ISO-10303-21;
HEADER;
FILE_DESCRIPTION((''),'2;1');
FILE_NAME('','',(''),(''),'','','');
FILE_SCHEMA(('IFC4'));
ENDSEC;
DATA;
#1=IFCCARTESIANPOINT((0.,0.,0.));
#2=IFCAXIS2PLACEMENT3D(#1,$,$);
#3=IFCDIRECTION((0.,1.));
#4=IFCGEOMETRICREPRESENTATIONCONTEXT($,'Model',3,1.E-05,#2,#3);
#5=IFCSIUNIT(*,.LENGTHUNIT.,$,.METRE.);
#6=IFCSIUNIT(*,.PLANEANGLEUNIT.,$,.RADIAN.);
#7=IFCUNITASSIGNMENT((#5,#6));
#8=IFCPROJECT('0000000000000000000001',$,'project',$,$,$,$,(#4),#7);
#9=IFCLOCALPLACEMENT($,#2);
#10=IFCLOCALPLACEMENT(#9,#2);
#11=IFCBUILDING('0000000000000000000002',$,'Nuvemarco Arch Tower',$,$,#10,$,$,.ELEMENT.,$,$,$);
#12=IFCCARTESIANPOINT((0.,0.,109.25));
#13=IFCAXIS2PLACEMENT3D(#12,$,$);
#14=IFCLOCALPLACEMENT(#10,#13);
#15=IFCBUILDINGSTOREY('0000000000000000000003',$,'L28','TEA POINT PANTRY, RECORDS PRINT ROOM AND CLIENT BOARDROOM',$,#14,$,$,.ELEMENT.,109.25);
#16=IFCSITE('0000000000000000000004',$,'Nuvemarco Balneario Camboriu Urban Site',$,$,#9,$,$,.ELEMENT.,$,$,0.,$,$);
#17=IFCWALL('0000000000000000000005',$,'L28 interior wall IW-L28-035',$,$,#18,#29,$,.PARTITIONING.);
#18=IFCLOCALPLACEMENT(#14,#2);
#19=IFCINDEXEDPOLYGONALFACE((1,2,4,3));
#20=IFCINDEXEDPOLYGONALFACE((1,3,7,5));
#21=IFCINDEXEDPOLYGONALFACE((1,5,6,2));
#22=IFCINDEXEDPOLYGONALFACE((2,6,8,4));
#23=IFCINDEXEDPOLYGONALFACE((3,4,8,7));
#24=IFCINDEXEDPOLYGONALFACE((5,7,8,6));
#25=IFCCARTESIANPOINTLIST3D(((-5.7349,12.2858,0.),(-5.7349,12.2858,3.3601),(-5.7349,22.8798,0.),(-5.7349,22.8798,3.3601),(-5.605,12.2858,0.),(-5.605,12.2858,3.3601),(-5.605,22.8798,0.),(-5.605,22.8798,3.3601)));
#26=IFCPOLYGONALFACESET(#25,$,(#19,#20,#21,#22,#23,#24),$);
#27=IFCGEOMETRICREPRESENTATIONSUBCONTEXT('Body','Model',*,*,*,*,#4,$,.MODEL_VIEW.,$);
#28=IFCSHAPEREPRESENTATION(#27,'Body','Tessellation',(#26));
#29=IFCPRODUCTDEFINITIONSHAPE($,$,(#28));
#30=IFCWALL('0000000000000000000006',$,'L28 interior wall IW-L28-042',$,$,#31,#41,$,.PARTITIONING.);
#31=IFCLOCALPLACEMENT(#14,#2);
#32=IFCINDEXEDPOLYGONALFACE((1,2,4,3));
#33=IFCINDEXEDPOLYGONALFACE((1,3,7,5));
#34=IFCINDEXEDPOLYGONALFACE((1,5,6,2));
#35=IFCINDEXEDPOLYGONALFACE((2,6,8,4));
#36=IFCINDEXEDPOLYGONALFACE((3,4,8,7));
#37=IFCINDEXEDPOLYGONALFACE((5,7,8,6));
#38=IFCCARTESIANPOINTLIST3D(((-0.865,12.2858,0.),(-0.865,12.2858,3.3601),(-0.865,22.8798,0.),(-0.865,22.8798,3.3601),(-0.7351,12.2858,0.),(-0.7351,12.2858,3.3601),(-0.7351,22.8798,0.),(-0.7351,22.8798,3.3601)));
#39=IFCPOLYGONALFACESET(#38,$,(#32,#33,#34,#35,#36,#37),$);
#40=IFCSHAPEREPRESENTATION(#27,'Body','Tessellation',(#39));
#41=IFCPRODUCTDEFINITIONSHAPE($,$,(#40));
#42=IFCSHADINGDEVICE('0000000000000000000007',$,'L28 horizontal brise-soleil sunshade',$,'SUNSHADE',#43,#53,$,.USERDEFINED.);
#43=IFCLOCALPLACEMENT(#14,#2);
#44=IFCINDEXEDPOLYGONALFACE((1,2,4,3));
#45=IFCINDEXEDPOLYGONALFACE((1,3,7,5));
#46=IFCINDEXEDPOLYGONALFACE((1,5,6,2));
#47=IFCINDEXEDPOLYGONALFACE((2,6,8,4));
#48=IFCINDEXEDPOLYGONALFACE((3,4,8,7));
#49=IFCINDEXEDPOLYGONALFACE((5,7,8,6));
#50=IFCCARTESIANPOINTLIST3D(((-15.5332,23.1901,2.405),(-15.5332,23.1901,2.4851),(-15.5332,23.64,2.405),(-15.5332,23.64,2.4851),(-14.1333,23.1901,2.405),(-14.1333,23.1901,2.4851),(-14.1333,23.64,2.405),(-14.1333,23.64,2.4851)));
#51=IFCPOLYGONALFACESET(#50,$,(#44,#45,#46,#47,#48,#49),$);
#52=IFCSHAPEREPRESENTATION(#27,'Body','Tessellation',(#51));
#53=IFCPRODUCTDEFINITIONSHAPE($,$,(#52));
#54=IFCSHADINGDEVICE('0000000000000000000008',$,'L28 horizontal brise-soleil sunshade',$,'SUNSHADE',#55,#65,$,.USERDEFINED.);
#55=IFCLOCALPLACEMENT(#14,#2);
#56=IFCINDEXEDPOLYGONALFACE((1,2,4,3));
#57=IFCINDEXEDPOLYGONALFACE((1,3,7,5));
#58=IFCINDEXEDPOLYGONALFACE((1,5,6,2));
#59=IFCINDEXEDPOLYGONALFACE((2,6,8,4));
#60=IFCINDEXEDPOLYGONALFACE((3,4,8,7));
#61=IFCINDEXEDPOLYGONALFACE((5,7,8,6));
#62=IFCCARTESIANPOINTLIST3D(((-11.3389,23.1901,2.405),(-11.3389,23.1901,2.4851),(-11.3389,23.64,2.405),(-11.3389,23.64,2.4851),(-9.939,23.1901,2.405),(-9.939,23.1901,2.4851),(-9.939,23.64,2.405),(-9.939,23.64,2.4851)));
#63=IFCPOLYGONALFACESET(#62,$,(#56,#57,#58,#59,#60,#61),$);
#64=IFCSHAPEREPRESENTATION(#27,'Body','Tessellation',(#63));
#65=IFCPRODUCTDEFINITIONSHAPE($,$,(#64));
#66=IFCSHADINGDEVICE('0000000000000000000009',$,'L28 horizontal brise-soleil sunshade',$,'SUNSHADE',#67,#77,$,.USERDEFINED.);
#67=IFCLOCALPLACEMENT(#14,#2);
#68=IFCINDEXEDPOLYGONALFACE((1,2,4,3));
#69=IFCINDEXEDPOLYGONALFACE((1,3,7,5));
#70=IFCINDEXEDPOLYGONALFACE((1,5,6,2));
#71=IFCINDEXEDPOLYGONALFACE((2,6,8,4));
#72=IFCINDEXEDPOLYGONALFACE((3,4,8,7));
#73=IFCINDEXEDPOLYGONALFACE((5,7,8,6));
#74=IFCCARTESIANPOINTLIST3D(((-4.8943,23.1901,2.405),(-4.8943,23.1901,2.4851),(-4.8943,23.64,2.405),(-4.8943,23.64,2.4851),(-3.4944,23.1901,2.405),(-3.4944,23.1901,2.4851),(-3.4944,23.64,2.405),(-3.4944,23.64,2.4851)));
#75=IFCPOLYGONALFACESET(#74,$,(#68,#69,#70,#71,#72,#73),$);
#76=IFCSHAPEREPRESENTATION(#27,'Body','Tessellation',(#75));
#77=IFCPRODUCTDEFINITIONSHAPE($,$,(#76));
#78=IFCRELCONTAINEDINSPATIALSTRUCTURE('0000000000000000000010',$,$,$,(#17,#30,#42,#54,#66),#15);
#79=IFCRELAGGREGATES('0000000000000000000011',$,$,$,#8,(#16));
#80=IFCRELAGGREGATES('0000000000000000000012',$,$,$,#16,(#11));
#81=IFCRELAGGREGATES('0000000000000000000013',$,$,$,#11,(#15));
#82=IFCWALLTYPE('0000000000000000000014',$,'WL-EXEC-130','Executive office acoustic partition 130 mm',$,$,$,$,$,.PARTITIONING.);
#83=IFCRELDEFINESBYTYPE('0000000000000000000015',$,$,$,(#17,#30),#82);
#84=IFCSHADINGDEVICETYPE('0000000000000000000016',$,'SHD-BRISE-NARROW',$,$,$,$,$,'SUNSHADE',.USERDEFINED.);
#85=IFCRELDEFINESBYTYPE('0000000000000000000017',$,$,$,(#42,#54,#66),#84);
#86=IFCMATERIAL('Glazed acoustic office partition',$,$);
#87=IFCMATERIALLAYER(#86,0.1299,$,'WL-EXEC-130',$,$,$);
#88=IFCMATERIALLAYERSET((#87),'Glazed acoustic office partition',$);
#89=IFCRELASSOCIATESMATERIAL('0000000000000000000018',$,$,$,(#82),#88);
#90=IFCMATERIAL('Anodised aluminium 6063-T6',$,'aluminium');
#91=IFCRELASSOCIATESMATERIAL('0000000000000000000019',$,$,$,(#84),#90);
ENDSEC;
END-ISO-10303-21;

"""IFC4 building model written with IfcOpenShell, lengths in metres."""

from ifc_helpers import new_model, si_unit, direction, frame, frame_2d, origin, origin_2d, place, context, subcontext, project, spatial, rectangle, extrude, source, transform, mapped, material, layer, layer_set, type_object, type_shapes, element, save


model = new_model("IFC4")

# Units and contexts
model_context = context("Model", 3, precision=1e-05, world=origin(), true_north=direction((0.0, 1.0)))
body_context = subcontext(model_context, "Body", "Model", "MODEL_VIEW")
ifc_project = project(units=[si_unit("LENGTHUNIT", "METRE"), si_unit("PLANEANGLEUNIT", "RADIAN")], contexts=[model_context])

# Site, building, storey
site_placement = place(None, origin())
site = spatial("IfcSite", under=ifc_project, at=site_placement, Name="Nuvemarco Balneario Camboriu Urban Site", CompositionType="ELEMENT", RefElevation=0.0)
building_placement = place(site_placement, origin())
building = spatial("IfcBuilding", under=site, at=building_placement, Name="Nuvemarco Arch Tower", CompositionType="ELEMENT")
storey_placement = place(building_placement, frame((0.0, 0.0, 109.25)))
storey = spatial("IfcBuildingStorey", under=building, at=storey_placement, Name="L28", Description="TEA POINT PANTRY, RECORDS PRINT ROOM AND CLIENT BOARDROOM", CompositionType="ELEMENT", Elevation=109.25)

# Walls
ifc_material_1 = material(Name="Glazed acoustic office partition")
ifc_layer_1 = layer(ifc_material_1, 0.1299, Name="WL-EXEC-130")
ifc_layer_set_1 = layer_set([ifc_layer_1], Name="Glazed acoustic office partition")
wall_type_1 = type_object("IfcWallType", Name="WL-EXEC-130", Description="Executive office acoustic partition 130 mm", PredefinedType="PARTITIONING", material=ifc_layer_set_1)
for number, where, z_axis, x_axis, name in (
    (1, (-5.6699, 12.2859, 0.0), (0.0, 0.0, 1.0), (0.0, 1.0, 0.0), "L28 interior wall IW-L28-035"),
    (2, (-0.8, 12.2859, 0.0), (0.0, 0.0, 1.0), (0.0, 1.0, 0.0), "L28 interior wall IW-L28-042"),
):
    element("IfcWall", number, at=place(storey_placement, frame(where, z_axis=z_axis, x_axis=x_axis)), inside=storey, type_object=wall_type_1, Name=name, PredefinedType="PARTITIONING", context=body_context, shape_type="SweptSolid", body=[
        extrude(rectangle(XDim=10.594, YDim=0.1299, at=frame_2d((5.2969, 0.0))), origin(), (0.0, 0.0, 1.0), 3.3601),
    ])

# Shading devices
ifc_material_2 = material(Name="Anodised aluminium 6063-T6", Category="aluminium")
shading_device_type = type_object("IfcShadingDeviceType", Name="SHD-BRISE-NARROW", ElementType="SUNSHADE", PredefinedType="USERDEFINED", material=ifc_material_2)
shared_shape_1 = source(origin(), body_context, "Body", "SweptSolid", [
    extrude(rectangle(XDim=1.3999, YDim=0.45, at=origin_2d()), origin(), (0.0, 0.0, 1.0), 0.0801),
])
type_shapes(shading_device_type, [shared_shape_1])
for number, where, z_axis, x_axis, name in (
    (3, (-14.8333, 23.415, 2.405), (0.0, 0.0, 1.0), (1.0, 0.0, 0.0), "L28 horizontal brise-soleil sunshade"),
    (4, (-10.6389, 23.415, 2.405), (0.0, 0.0, 1.0), (1.0, 0.0, 0.0), "L28 horizontal brise-soleil sunshade"),
    (5, (-4.1943, 23.415, 2.405), (0.0, 0.0, 1.0), (1.0, 0.0, 0.0), "L28 horizontal brise-soleil sunshade"),
):
    element("IfcShadingDevice", number, at=place(storey_placement, frame(where, z_axis=z_axis, x_axis=x_axis)), inside=storey, type_object=shading_device_type, Name=name, ObjectType="SUNSHADE", PredefinedType="USERDEFINED", context=body_context, shape_type="MappedRepresentation", body=[
        mapped(shared_shape_1, transform((0.0, 0.0, 0.0), scale=1.0)),
    ])

save(model, "model.ifc")
